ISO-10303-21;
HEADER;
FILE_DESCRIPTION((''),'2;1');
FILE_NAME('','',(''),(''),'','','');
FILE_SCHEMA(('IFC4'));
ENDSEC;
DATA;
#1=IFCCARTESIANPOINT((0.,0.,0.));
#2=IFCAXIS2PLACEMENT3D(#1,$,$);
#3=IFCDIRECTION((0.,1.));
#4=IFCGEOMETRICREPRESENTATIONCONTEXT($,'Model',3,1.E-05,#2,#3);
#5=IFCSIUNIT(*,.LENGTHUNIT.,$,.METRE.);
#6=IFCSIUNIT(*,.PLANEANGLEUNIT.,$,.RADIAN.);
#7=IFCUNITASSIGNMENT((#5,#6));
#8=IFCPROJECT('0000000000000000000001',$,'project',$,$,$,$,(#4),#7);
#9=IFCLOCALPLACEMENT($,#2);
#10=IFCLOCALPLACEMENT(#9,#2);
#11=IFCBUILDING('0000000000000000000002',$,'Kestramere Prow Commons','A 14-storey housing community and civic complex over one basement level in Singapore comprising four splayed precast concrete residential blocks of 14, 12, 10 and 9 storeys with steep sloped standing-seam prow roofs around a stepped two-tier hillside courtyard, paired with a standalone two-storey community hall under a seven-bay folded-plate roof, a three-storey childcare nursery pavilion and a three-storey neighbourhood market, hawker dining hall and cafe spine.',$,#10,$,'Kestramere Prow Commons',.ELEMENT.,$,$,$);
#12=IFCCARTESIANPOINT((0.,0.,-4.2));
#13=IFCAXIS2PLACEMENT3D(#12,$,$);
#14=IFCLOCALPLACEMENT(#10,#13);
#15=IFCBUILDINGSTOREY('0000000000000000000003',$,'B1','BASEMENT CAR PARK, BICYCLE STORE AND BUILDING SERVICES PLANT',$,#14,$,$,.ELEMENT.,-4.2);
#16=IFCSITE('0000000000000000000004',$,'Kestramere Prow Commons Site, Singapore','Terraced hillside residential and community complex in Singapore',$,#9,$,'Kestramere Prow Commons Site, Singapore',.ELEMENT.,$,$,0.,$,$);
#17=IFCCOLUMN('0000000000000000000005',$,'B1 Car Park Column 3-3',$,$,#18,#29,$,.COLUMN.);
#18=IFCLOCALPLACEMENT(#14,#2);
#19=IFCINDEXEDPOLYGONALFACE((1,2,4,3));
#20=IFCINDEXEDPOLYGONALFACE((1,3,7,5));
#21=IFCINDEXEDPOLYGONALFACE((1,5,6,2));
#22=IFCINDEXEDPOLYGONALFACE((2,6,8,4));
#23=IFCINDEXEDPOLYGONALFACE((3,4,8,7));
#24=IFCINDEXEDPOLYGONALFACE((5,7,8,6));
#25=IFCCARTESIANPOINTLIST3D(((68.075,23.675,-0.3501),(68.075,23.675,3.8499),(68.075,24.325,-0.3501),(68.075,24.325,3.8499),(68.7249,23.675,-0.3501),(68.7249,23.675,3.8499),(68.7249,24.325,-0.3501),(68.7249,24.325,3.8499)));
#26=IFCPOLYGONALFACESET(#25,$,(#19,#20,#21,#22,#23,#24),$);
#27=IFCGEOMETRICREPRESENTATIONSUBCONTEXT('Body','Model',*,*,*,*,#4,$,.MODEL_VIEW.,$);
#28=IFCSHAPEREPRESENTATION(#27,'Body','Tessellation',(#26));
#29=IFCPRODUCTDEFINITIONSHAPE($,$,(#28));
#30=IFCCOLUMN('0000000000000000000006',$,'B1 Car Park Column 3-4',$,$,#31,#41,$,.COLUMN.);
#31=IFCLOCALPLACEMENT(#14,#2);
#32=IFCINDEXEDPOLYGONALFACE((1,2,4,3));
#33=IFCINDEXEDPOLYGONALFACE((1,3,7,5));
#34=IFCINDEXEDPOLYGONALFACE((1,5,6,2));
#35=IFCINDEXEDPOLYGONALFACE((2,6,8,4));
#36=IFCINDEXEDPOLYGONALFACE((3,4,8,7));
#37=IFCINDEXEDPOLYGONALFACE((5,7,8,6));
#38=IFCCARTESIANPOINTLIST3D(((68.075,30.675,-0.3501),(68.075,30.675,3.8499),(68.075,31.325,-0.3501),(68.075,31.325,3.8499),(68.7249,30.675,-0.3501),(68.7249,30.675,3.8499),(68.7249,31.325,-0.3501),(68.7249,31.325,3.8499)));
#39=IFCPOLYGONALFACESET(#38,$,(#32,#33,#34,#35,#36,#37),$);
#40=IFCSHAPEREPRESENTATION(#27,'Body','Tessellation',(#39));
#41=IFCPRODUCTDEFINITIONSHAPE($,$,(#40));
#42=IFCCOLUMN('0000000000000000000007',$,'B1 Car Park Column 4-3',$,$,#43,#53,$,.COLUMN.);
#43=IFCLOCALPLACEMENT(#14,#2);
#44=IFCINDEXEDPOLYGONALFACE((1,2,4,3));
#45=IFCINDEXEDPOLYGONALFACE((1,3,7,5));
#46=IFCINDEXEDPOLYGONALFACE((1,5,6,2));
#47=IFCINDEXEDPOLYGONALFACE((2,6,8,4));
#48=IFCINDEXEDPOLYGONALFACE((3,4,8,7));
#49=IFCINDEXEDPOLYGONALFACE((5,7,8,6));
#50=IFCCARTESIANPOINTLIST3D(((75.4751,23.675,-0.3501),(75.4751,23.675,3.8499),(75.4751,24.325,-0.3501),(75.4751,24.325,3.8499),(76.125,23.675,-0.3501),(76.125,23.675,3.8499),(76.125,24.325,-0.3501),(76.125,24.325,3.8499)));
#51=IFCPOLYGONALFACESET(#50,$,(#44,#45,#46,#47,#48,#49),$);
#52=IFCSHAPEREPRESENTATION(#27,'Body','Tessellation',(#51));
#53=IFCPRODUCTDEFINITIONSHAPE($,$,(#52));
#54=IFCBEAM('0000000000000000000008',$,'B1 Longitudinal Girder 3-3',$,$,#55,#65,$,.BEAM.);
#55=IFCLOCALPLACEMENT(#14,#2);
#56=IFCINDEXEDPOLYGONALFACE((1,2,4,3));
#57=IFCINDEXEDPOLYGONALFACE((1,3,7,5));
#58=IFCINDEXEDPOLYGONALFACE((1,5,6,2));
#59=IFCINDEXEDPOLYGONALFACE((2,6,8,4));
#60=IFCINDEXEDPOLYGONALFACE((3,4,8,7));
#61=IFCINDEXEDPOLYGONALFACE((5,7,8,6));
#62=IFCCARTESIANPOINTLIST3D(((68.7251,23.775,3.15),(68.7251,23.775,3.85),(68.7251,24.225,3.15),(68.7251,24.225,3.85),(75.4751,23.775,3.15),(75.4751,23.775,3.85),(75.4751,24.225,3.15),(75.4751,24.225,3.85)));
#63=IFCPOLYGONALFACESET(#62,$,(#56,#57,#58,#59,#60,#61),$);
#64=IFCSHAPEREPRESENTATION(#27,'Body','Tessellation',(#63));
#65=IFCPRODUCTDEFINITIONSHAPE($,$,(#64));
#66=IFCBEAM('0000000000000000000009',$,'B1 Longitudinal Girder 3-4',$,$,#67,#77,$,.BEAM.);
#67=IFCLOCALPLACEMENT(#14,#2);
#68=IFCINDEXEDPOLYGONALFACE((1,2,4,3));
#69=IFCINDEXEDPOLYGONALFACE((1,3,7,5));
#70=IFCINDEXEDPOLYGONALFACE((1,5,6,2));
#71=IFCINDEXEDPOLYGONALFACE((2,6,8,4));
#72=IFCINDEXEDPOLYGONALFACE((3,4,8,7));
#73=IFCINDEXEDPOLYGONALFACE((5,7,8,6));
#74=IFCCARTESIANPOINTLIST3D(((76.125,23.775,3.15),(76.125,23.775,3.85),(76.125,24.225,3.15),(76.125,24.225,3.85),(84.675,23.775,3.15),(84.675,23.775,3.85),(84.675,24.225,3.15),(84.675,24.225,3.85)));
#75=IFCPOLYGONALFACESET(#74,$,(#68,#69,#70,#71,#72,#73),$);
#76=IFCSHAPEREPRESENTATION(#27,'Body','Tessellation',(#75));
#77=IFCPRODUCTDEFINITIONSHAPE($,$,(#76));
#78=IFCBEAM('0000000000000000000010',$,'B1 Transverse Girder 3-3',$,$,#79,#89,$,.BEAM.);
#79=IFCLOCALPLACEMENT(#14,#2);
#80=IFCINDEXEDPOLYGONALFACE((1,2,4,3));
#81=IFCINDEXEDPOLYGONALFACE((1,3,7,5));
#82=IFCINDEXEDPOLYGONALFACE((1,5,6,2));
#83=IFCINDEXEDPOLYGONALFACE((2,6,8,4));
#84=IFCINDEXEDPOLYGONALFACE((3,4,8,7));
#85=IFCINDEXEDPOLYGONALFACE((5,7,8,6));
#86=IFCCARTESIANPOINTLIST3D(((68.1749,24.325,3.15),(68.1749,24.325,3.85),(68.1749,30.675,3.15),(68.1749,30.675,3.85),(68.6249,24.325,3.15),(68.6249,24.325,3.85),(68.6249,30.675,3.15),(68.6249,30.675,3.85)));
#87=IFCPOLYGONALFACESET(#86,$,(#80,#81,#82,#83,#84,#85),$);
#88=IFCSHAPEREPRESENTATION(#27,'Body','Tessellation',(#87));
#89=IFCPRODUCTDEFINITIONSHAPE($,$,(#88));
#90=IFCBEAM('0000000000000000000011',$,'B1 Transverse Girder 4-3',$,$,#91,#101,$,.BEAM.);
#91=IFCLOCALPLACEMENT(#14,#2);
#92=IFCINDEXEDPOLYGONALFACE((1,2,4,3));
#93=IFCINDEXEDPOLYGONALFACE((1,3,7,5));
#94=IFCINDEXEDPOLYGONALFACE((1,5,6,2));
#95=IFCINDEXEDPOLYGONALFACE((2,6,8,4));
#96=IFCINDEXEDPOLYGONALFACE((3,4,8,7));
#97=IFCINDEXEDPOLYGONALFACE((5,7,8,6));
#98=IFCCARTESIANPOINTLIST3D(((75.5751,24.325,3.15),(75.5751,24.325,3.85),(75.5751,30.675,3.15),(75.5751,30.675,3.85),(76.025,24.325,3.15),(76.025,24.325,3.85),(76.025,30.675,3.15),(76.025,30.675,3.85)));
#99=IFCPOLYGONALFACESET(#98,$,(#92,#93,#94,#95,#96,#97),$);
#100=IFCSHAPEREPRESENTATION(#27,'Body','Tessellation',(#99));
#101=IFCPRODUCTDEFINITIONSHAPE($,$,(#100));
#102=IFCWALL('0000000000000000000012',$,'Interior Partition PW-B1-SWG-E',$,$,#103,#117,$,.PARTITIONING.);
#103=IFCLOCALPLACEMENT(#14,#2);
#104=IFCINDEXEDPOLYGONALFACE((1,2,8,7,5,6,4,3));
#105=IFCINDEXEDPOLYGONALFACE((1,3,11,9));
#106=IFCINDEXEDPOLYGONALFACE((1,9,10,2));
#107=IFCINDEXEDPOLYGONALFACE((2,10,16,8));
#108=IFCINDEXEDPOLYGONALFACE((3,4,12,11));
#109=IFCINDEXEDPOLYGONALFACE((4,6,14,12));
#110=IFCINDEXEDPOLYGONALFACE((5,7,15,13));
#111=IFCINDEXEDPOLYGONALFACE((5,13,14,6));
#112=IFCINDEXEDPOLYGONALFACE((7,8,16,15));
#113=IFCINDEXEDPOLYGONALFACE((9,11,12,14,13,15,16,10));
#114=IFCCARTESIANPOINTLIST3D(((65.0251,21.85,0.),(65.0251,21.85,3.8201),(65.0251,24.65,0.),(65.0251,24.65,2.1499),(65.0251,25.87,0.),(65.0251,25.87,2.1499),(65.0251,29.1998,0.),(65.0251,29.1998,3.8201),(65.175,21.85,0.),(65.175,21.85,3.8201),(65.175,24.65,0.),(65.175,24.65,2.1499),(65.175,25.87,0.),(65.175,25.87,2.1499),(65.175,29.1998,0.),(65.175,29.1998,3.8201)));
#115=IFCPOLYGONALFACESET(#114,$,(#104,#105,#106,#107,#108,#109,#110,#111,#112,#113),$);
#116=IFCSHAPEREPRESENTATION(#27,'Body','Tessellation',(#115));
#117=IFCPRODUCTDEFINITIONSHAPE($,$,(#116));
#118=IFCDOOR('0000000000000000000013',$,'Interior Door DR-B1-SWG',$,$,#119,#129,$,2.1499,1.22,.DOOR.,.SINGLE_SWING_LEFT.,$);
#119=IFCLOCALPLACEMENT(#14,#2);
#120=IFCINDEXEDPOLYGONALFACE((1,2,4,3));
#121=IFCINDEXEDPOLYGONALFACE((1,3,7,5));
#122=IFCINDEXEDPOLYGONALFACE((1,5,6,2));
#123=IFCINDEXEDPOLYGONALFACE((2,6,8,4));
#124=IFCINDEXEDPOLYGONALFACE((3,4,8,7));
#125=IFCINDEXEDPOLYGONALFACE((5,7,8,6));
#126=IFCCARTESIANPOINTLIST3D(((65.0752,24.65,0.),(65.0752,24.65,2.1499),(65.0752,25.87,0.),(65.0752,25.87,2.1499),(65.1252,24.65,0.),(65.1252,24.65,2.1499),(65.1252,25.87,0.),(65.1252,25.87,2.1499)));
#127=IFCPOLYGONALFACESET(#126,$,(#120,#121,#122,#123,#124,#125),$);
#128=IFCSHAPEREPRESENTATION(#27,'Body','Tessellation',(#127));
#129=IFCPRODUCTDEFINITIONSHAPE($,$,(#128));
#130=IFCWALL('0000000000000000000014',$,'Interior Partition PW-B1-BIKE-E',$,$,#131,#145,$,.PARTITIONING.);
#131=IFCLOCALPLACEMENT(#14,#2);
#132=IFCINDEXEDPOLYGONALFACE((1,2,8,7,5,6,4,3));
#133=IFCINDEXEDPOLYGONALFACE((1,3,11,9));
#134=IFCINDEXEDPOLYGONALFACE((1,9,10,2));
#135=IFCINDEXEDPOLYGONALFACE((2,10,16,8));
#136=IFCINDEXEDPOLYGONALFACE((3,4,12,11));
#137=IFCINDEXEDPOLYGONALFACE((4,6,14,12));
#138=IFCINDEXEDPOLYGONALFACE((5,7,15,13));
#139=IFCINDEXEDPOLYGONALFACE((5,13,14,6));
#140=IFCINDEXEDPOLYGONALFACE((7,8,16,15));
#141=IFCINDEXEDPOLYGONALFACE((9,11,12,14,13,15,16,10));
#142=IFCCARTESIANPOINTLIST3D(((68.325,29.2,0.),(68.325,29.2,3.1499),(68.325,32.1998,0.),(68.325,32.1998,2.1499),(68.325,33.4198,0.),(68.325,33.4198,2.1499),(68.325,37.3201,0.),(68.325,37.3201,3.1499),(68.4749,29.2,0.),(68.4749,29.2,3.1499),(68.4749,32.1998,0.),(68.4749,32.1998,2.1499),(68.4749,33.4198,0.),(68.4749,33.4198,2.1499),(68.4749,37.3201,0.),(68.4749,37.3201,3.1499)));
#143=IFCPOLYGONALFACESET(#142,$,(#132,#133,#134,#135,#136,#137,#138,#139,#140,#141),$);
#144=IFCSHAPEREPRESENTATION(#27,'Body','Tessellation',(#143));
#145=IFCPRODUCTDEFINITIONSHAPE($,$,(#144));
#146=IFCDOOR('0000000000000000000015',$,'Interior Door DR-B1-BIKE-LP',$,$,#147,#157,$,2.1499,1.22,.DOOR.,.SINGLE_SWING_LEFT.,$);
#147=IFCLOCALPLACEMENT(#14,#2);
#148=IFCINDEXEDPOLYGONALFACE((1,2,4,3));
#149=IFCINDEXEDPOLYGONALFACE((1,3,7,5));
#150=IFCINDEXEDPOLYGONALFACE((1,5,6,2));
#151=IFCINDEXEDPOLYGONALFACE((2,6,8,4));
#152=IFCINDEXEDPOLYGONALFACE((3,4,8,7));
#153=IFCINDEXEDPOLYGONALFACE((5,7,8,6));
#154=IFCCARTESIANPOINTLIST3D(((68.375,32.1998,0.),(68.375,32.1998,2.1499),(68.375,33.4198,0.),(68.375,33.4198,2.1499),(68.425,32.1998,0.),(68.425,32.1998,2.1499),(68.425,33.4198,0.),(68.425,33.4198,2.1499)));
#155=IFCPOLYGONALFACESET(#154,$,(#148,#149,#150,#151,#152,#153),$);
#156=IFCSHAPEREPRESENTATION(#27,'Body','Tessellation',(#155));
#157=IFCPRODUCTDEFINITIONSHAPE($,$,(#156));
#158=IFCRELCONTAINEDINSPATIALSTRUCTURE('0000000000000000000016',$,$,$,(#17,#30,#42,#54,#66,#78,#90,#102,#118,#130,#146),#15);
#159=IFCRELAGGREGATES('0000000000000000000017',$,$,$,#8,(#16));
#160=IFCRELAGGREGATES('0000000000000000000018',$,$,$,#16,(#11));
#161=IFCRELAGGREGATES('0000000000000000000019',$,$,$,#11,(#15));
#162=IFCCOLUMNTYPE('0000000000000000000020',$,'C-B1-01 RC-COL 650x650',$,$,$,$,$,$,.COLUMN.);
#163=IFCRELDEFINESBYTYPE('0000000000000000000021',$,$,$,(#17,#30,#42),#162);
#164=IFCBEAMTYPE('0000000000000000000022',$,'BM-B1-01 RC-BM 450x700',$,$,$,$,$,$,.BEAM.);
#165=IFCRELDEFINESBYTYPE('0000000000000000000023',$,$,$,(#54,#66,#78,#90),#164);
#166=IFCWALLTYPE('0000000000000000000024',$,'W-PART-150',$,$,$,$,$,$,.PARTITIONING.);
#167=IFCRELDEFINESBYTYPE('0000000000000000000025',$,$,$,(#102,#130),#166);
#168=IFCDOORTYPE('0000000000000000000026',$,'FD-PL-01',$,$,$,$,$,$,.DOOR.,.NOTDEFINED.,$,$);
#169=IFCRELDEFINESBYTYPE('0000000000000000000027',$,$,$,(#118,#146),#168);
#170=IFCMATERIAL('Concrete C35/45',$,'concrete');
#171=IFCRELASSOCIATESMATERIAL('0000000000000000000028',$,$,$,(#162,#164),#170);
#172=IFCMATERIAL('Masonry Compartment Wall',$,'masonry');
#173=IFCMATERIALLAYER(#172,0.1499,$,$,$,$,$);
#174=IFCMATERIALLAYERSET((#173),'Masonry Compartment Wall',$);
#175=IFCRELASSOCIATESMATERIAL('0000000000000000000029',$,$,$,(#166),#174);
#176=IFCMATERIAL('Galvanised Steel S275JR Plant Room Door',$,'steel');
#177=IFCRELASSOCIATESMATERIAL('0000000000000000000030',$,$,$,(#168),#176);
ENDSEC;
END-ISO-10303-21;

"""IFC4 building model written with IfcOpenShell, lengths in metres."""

from ifc_helpers import new_model, si_unit, direction, frame, frame_2d, origin, origin_2d, place, context, subcontext, project, spatial, rectangle, extrude, material, layer, layer_set, material_profile, profile_set, type_object, element, fill, save


model = new_model("IFC4")

# Units and contexts
model_context = context("Model", 3, precision=1e-05, world=origin(), true_north=direction((0.0, 1.0)))
body_context = subcontext(model_context, "Body", "Model", "MODEL_VIEW")
ifc_project = project(units=[si_unit("LENGTHUNIT", "METRE"), si_unit("PLANEANGLEUNIT", "RADIAN")], contexts=[model_context])

# Site, building, storey
site_placement = place(None, origin())
site = spatial("IfcSite", under=ifc_project, at=site_placement, Name="Kestramere Prow Commons Site, Singapore", Description="Terraced hillside residential and community complex in Singapore", LongName="Kestramere Prow Commons Site, Singapore", CompositionType="ELEMENT", RefElevation=0.0)
building_placement = place(site_placement, origin())
building = spatial("IfcBuilding", under=site, at=building_placement, Name="Kestramere Prow Commons", Description="A 14-storey housing community and civic complex over one basement level in Singapore comprising four splayed precast concrete residential blocks of 14, 12, 10 and 9 storeys with steep sloped standing-seam prow roofs around a stepped two-tier hillside courtyard, paired with a standalone two-storey community hall under a seven-bay folded-plate roof, a three-storey childcare nursery pavilion and a three-storey neighbourhood market, hawker dining hall and cafe spine.", LongName="Kestramere Prow Commons", CompositionType="ELEMENT")
storey_placement = place(building_placement, frame((0.0, 0.0, -4.2)))
storey = spatial("IfcBuildingStorey", under=building, at=storey_placement, Name="B1", Description="BASEMENT CAR PARK, BICYCLE STORE AND BUILDING SERVICES PLANT", CompositionType="ELEMENT", Elevation=-4.2)

# Shared definitions
ifc_material_1 = material(Name="Concrete C35/45", Category="concrete")

# Columns
ifc_material_profile_1 = material_profile(ifc_material_1, rectangle(XDim=0.6499, YDim=0.6499, at=origin_2d()), Name="RC-COL 650x650")
ifc_profile_set_1 = profile_set([ifc_material_profile_1], Name="Concrete C35/45")
column_type = type_object("IfcColumnType", Name="C-B1-01 RC-COL 650x650", PredefinedType="COLUMN", material=ifc_profile_set_1)
for number, where, z_axis, x_axis, name in (
    (1, (68.3999, 24.0, -0.3501), (0.0, 0.0, 1.0), (1.0, 0.0, 0.0), "B1 Car Park Column 3-3"),
    (2, (68.3999, 31.0, -0.3501), (0.0, 0.0, 1.0), (1.0, 0.0, 0.0), "B1 Car Park Column 3-4"),
    (3, (75.8, 24.0, -0.3501), (0.0, 0.0, 1.0), (1.0, 0.0, 0.0), "B1 Car Park Column 4-3"),
):
    element("IfcColumn", number, at=place(storey_placement, frame(where, z_axis=z_axis, x_axis=x_axis)), inside=storey, type_object=column_type, Name=name, PredefinedType="COLUMN", context=body_context, shape_type="SweptSolid", body=[
        extrude(rectangle(XDim=0.6499, YDim=0.6499, at=origin_2d()), origin(), (0.0, 0.0, 1.0), 4.2),
    ])

# Beams
ifc_material_profile_2 = material_profile(ifc_material_1, rectangle(XDim=0.45, YDim=0.7, at=origin_2d()), Name="RC-BM 450x700")
ifc_profile_set_2 = profile_set([ifc_material_profile_2], Name="Concrete C35/45")
beam_type = type_object("IfcBeamType", Name="BM-B1-01 RC-BM 450x700", PredefinedType="BEAM", material=ifc_profile_set_2)
beam_1_placement = place(storey_placement, frame((68.7251, 24.0, 3.5), z_axis=(1.0, 0.0, 0.0), x_axis=(0.0, 1.0, 0.0)))
element("IfcBeam", 4, at=beam_1_placement, inside=storey, type_object=beam_type, Name="B1 Longitudinal Girder 3-3", PredefinedType="BEAM", context=body_context, shape_type="SweptSolid", body=[
    extrude(rectangle(XDim=0.45, YDim=0.7, at=origin_2d()), origin(), (0.0, 0.0, 1.0), 6.75),
])
beam_2_placement = place(storey_placement, frame((76.125, 24.0, 3.5), z_axis=(1.0, 0.0, 0.0), x_axis=(0.0, 1.0, 0.0)))
element("IfcBeam", 5, at=beam_2_placement, inside=storey, type_object=beam_type, Name="B1 Longitudinal Girder 3-4", PredefinedType="BEAM", context=body_context, shape_type="SweptSolid", body=[
    extrude(rectangle(XDim=0.45, YDim=0.7, at=origin_2d()), origin(), (0.0, 0.0, 1.0), 8.55),
])
for number, where, z_axis, x_axis, name in (
    (6, (68.3999, 24.325, 3.5), (0.0, 1.0, 0.0), (-1.0, 0.0, 0.0), "B1 Transverse Girder 3-3"),
    (7, (75.8, 24.325, 3.5), (0.0, 1.0, 0.0), (-1.0, 0.0, 0.0), "B1 Transverse Girder 4-3"),
):
    element("IfcBeam", number, at=place(storey_placement, frame(where, z_axis=z_axis, x_axis=x_axis)), inside=storey, type_object=beam_type, Name=name, PredefinedType="BEAM", context=body_context, shape_type="SweptSolid", body=[
        extrude(rectangle(XDim=0.45, YDim=0.7, at=origin_2d()), origin(), (0.0, 0.0, 1.0), 6.3501),
    ])

# Walls, openings, doors
ifc_material_2 = material(Name="Masonry Compartment Wall", Category="masonry")
ifc_layer = layer(ifc_material_2, 0.1499)
ifc_layer_set = layer_set([ifc_layer], Name="Masonry Compartment Wall")
wall_type = type_object("IfcWallType", Name="W-PART-150", PredefinedType="PARTITIONING", material=ifc_layer_set)
wall_1_placement = place(storey_placement, frame((65.1001, 21.8501, 0.0), z_axis=(0.0, 0.0, 1.0), x_axis=(0.0, 1.0, 0.0)))
wall_1 = element("IfcWall", 8, at=wall_1_placement, inside=storey, type_object=wall_type, Name="Interior Partition PW-B1-SWG-E", PredefinedType="PARTITIONING", context=body_context, shape_type="SweptSolid", body=[
    extrude(rectangle(XDim=7.3499, YDim=0.1499, at=frame_2d((3.6748, 0.0))), origin(), (0.0, 0.0, 1.0), 3.8201),
])
opening_1_placement = place(wall_1_placement, frame((2.8, 0.0, 0.0)))
opening_1 = element("IfcOpeningElement", 9, at=opening_1_placement, cuts=wall_1, PredefinedType="OPENING", context=body_context, shape_type="SweptSolid", body=[
    extrude(rectangle(XDim=1.22, YDim=2.1499, at=frame_2d((0.6099, 1.075))), frame((0.0, 0.0898, 0.0), z_axis=(0.0, -1.0, 0.0), x_axis=(1.0, 0.0, 0.0)), (0.0, 0.0, 1.0), 0.1799),
])
ifc_material_3 = material(Name="Galvanised Steel S275JR Plant Room Door", Category="steel")
door_type = type_object("IfcDoorType", Name="FD-PL-01", OperationType="NOTDEFINED", PredefinedType="DOOR", material=ifc_material_3)
door_1_placement = place(opening_1_placement, origin())
door_1 = element("IfcDoor", 10, at=door_1_placement, inside=storey, type_object=door_type, Name="Interior Door DR-B1-SWG", OperationType="SINGLE_SWING_LEFT", OverallHeight=2.1499, OverallWidth=1.22, PredefinedType="DOOR", context=body_context, shape_type="SweptSolid", body=[
    extrude(rectangle(XDim=1.22, YDim=2.1499, at=frame_2d((0.6099, 1.075))), frame((0.0, 0.0249, 0.0), z_axis=(0.0, -1.0, 0.0), x_axis=(1.0, 0.0, 0.0)), (0.0, 0.0, 1.0), 0.05),
])
fill(opening_1, door_1)
wall_2_placement = place(storey_placement, frame((68.3999, 29.2, 0.0), z_axis=(0.0, 0.0, 1.0), x_axis=(0.0, 1.0, 0.0)))
wall_2 = element("IfcWall", 11, at=wall_2_placement, inside=storey, type_object=wall_type, Name="Interior Partition PW-B1-BIKE-E", PredefinedType="PARTITIONING", context=body_context, shape_type="SweptSolid", body=[
    extrude(rectangle(XDim=8.1201, YDim=0.1499, at=frame_2d((4.0601, 0.0))), origin(), (0.0, 0.0, 1.0), 3.1499),
])
opening_2_placement = place(wall_2_placement, frame((3.0, 0.0, 0.0)))
opening_2 = element("IfcOpeningElement", 12, at=opening_2_placement, cuts=wall_2, PredefinedType="OPENING", context=body_context, shape_type="SweptSolid", body=[
    extrude(rectangle(XDim=1.22, YDim=2.1499, at=frame_2d((0.6099, 1.075))), frame((0.0, 0.0898, 0.0), z_axis=(0.0, -1.0, 0.0), x_axis=(1.0, 0.0, 0.0)), (0.0, 0.0, 1.0), 0.1799),
])
door_2_placement = place(opening_2_placement, origin())
door_2 = element("IfcDoor", 13, at=door_2_placement, inside=storey, type_object=door_type, Name="Interior Door DR-B1-BIKE-LP", OperationType="SINGLE_SWING_LEFT", OverallHeight=2.1499, OverallWidth=1.22, PredefinedType="DOOR", context=body_context, shape_type="SweptSolid", body=[
    extrude(rectangle(XDim=1.22, YDim=2.1499, at=frame_2d((0.6099, 1.075))), frame((0.0, 0.0249, 0.0), z_axis=(0.0, -1.0, 0.0), x_axis=(1.0, 0.0, 0.0)), (0.0, 0.0, 1.0), 0.05),
])
fill(opening_2, door_2)

save(model, "model.ifc")
